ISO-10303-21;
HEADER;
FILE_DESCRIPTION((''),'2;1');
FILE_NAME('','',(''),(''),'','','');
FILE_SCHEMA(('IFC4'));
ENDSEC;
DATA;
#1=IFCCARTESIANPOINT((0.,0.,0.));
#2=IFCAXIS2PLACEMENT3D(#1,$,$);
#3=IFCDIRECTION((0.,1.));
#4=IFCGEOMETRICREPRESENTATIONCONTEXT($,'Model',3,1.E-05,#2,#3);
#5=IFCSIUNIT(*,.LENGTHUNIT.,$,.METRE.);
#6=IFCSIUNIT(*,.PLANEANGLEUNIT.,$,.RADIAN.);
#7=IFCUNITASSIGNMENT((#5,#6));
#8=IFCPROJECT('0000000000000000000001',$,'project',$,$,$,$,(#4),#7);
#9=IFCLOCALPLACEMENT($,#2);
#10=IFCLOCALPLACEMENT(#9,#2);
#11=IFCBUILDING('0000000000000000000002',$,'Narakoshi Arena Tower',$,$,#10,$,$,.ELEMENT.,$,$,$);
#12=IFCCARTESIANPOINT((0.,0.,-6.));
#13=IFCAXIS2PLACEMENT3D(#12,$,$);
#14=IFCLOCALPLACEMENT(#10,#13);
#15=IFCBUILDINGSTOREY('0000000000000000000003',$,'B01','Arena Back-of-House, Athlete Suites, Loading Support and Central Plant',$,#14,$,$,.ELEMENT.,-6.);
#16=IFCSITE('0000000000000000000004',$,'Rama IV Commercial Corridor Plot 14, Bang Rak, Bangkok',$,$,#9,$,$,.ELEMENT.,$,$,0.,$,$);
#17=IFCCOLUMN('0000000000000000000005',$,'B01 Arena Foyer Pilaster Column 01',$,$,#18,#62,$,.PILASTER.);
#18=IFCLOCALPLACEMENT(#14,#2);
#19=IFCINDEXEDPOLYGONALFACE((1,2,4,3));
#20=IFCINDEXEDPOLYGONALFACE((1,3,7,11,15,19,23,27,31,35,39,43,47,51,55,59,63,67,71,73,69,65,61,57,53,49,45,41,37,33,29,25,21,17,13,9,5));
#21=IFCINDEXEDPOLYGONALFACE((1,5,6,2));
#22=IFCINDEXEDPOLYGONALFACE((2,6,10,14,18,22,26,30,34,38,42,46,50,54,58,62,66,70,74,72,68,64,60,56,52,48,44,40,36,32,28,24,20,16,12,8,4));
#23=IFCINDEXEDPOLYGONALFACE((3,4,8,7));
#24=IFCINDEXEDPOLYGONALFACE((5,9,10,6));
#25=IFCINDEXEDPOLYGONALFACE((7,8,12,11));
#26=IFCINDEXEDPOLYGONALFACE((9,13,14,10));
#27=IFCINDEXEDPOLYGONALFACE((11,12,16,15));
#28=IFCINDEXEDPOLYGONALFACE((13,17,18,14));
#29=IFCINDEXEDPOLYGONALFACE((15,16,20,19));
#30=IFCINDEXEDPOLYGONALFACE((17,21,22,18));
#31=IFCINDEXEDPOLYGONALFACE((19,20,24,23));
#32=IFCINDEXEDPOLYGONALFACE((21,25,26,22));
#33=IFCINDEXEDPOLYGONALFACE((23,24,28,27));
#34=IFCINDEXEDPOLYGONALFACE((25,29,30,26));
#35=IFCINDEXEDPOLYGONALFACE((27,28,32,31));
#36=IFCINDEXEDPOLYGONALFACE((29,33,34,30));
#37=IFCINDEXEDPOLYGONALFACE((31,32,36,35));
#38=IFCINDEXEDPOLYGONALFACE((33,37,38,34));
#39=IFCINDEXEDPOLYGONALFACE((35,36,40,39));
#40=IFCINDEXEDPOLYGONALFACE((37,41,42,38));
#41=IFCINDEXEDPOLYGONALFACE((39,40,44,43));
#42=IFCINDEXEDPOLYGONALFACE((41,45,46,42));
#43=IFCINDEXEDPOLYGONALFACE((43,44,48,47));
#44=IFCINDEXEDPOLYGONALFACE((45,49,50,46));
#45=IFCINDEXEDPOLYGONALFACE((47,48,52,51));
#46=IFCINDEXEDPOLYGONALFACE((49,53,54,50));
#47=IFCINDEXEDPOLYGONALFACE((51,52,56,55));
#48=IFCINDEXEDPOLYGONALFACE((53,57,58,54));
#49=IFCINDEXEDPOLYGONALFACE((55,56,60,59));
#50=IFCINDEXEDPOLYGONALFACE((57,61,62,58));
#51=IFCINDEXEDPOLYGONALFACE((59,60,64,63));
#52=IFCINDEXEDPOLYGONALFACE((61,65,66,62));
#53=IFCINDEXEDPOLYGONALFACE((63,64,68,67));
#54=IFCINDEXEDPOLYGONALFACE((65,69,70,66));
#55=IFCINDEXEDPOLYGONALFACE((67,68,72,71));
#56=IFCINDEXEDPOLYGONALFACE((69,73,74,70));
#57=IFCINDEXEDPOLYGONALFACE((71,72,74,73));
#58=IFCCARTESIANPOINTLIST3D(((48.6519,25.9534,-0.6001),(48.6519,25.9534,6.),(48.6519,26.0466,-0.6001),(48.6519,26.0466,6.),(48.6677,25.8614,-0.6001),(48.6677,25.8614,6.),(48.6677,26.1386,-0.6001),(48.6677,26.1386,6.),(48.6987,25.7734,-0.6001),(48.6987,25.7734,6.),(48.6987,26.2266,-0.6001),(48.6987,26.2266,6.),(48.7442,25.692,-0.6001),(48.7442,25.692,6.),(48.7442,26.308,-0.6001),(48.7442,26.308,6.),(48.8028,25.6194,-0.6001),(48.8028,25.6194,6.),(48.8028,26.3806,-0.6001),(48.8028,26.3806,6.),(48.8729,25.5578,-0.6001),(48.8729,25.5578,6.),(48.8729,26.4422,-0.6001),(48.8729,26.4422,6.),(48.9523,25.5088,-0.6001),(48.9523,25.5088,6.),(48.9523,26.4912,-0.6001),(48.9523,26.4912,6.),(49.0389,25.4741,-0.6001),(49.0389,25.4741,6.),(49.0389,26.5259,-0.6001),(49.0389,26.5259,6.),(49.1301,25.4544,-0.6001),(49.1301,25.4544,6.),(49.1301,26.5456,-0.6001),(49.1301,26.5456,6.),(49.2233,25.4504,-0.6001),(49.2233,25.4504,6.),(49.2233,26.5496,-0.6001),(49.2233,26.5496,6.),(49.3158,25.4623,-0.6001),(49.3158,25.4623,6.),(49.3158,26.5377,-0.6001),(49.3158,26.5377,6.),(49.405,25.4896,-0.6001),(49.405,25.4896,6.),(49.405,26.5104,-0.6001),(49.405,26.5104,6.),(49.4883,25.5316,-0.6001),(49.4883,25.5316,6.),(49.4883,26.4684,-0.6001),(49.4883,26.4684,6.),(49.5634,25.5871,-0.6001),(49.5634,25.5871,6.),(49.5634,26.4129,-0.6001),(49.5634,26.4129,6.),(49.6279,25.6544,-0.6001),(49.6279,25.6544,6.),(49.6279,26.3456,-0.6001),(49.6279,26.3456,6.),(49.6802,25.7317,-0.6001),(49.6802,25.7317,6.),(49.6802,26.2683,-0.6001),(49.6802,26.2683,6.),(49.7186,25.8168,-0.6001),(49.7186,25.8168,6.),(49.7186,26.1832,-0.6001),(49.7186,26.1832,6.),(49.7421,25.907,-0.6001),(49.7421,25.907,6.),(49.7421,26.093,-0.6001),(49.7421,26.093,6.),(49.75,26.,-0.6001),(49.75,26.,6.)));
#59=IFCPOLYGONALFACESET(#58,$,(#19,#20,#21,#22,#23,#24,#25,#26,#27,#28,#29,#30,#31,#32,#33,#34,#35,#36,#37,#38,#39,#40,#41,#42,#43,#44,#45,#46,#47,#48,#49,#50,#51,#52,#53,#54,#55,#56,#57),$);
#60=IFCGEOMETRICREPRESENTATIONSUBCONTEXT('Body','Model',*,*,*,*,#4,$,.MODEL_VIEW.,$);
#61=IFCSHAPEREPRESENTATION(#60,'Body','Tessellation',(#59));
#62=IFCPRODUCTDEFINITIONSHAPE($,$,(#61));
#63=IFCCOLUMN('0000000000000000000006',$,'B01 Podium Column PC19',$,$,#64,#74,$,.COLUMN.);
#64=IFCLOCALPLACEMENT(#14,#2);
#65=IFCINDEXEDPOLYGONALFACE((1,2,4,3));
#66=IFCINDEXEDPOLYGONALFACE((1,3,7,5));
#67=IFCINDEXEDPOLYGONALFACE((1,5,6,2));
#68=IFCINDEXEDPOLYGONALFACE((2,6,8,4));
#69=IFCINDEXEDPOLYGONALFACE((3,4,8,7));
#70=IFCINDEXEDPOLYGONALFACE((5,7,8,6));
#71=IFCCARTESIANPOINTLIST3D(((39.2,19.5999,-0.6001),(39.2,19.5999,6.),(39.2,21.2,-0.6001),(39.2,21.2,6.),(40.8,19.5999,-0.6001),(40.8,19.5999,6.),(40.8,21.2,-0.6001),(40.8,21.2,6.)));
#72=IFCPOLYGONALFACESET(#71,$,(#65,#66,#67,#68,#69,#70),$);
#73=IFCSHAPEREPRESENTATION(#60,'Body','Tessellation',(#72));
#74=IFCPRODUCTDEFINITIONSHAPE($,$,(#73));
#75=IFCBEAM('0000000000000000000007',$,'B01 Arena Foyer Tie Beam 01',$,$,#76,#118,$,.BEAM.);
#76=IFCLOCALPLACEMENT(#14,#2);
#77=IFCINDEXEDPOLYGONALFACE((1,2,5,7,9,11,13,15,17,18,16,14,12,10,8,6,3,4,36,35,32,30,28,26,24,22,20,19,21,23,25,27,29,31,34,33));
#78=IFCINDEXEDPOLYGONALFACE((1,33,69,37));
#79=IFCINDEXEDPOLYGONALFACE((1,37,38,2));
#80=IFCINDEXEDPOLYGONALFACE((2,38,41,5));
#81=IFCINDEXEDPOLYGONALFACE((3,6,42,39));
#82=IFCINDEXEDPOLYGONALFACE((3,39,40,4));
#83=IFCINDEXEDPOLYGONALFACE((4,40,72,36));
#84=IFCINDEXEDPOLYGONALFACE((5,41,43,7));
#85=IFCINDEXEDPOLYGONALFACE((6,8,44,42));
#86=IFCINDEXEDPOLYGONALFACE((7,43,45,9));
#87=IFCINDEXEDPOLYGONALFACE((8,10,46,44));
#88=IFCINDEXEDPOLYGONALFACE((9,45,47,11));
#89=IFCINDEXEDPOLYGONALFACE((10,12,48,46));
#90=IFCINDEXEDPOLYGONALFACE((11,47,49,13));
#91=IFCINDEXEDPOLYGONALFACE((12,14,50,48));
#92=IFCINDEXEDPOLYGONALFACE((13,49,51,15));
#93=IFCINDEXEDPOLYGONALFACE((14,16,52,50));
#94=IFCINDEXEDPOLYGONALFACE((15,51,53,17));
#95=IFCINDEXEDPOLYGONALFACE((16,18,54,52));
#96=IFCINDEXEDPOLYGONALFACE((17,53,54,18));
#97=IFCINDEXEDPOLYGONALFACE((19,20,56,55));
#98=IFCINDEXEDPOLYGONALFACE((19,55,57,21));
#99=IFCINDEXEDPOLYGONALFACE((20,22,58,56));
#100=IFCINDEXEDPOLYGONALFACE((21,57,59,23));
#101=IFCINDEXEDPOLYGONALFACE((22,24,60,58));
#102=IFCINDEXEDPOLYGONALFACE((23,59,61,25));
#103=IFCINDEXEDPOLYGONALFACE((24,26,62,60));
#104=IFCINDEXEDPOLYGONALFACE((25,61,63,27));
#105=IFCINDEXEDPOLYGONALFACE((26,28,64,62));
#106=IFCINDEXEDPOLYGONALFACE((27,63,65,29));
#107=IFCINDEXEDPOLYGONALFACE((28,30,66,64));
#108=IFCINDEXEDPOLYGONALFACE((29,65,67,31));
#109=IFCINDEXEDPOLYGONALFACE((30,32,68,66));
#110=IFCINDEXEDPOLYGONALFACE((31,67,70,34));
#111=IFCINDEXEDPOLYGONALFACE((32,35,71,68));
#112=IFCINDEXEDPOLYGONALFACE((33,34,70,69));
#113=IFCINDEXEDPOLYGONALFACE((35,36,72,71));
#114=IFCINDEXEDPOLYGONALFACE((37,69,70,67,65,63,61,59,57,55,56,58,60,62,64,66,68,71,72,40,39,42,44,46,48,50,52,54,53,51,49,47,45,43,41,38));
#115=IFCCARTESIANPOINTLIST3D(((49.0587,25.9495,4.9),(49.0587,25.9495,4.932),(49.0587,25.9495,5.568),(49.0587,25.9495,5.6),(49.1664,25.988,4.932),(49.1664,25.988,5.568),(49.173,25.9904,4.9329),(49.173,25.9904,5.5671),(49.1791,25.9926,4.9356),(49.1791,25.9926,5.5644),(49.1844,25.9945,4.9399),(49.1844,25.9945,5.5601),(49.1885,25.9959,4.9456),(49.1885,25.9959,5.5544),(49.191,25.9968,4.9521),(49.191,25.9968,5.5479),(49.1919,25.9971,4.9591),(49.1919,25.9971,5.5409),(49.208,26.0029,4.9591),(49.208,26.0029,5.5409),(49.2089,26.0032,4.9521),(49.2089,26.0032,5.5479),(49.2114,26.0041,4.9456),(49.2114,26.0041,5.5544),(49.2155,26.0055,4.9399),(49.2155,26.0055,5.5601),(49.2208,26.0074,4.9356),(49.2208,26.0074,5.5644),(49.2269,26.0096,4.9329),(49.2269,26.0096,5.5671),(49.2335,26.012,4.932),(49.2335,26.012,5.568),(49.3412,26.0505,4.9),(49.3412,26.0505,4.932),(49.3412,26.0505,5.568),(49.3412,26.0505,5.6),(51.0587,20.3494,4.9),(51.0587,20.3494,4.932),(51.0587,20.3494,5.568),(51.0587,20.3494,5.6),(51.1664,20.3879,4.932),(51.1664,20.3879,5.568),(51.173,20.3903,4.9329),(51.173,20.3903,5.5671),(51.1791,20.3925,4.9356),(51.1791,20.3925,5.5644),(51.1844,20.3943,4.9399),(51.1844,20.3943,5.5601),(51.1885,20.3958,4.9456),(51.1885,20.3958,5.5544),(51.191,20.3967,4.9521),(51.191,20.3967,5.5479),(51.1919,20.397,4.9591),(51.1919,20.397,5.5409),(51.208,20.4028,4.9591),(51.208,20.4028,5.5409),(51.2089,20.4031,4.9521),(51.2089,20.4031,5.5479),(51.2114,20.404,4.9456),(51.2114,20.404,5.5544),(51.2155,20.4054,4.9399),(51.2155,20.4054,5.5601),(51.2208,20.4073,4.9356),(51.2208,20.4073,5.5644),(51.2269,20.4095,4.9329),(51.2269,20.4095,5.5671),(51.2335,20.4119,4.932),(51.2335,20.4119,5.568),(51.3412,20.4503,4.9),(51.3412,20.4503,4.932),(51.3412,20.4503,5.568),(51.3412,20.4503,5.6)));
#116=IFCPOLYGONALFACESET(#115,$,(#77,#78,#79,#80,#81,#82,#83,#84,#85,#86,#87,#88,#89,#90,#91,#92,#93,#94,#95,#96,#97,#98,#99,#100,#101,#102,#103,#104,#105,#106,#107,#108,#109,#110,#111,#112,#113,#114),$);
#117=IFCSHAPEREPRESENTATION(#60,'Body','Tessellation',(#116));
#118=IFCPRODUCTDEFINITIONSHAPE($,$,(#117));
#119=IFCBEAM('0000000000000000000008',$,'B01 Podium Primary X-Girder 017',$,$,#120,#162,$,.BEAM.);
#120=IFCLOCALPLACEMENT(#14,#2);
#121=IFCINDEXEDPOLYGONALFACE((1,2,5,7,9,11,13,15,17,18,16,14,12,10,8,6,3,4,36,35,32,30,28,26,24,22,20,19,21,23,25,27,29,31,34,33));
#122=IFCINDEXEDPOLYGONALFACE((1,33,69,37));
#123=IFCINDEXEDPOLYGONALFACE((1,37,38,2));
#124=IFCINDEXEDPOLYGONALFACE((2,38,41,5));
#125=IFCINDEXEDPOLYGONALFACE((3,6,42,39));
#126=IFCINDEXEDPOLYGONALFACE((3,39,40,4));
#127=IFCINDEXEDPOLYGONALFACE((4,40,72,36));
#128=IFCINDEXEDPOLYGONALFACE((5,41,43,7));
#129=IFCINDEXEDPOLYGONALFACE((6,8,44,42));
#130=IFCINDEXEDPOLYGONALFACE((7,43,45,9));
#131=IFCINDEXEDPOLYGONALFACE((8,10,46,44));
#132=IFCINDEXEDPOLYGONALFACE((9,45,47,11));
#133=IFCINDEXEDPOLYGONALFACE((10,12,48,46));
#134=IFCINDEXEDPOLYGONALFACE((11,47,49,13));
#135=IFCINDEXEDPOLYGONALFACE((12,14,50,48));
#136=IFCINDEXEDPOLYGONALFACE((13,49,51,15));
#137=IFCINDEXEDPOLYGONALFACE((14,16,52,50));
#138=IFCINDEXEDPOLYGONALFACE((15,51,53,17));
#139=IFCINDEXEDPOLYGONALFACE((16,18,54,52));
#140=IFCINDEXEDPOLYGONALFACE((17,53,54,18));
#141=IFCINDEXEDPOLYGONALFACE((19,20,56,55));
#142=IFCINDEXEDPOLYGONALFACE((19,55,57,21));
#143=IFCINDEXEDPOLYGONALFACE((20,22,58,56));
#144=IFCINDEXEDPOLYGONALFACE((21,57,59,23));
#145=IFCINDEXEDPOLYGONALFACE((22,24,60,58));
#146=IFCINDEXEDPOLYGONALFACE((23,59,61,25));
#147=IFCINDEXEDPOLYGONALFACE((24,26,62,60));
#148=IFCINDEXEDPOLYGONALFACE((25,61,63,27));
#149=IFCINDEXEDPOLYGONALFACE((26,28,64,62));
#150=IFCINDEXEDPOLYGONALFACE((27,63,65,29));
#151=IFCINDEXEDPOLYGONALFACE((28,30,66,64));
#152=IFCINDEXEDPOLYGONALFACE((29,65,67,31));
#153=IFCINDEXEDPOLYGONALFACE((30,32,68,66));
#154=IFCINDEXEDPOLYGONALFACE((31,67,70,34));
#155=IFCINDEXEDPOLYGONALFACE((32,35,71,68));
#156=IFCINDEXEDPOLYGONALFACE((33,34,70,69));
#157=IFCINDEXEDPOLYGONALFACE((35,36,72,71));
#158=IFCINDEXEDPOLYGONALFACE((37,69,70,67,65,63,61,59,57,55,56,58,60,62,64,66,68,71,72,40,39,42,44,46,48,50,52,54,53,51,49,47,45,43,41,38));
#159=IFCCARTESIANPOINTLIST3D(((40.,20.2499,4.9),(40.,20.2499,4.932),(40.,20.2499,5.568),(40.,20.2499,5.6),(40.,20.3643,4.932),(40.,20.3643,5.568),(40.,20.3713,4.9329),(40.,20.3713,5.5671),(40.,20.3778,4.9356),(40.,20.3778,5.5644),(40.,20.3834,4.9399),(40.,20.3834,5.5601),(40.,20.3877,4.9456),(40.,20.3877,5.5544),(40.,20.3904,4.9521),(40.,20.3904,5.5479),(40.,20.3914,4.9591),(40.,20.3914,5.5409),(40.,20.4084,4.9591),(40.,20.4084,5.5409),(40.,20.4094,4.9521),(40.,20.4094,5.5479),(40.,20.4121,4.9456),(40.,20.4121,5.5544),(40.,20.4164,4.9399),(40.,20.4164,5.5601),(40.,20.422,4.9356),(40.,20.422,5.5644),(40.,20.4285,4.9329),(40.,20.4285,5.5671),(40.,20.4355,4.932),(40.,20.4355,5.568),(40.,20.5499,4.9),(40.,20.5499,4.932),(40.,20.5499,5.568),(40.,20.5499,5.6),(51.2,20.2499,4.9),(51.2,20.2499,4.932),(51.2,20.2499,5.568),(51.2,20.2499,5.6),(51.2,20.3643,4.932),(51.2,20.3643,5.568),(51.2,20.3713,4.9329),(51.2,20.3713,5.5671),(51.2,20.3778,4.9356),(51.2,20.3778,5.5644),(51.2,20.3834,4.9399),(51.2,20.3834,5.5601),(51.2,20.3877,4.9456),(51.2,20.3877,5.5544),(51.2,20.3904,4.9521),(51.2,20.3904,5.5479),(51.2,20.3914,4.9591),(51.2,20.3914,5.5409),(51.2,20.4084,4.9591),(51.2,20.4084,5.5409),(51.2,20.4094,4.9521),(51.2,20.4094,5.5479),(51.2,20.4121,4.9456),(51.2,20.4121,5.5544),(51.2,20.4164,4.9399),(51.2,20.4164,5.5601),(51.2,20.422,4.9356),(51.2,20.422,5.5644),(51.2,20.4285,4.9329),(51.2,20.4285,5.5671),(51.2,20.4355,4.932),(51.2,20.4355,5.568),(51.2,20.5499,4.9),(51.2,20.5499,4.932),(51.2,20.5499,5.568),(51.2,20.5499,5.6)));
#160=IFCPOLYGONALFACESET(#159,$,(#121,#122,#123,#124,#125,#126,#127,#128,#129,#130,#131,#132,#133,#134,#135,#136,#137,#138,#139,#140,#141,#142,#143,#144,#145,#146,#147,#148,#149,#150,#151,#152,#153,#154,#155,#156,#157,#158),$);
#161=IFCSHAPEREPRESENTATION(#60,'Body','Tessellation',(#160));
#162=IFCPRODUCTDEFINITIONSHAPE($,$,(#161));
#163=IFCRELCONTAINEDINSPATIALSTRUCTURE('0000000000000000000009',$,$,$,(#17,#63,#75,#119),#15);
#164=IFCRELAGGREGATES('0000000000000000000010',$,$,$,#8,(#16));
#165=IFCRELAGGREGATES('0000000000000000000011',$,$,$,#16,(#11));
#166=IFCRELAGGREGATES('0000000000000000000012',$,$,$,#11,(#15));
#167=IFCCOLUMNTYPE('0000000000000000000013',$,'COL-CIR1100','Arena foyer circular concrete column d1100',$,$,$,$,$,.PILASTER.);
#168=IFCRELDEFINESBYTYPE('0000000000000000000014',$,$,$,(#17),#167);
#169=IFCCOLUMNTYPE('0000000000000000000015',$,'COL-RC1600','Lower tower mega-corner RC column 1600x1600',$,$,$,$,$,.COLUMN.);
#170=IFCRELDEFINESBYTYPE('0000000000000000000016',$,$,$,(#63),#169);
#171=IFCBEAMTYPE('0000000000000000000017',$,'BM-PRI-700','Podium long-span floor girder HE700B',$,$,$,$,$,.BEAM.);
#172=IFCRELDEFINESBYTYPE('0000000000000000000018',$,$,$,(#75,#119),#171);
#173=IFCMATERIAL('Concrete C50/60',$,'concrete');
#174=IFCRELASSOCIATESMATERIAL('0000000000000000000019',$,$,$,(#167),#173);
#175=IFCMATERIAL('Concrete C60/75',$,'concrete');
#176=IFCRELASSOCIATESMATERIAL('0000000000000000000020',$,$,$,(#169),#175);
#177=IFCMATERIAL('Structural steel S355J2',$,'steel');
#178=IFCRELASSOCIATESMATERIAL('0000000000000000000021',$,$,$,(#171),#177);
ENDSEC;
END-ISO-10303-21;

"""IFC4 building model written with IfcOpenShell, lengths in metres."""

from ifc_helpers import new_model, si_unit, direction, frame, origin, origin_2d, place, context, subcontext, project, spatial, rectangle, circle, i_section, extrude, material, material_profile, profile_set, type_object, element, save


model = new_model("IFC4")

# Units and contexts
model_context = context("Model", 3, precision=1e-05, world=origin(), true_north=direction((0.0, 1.0)))
body_context = subcontext(model_context, "Body", "Model", "MODEL_VIEW")
ifc_project = project(units=[si_unit("LENGTHUNIT", "METRE"), si_unit("PLANEANGLEUNIT", "RADIAN")], contexts=[model_context])

# Site, building, storey
site_placement = place(None, origin())
site = spatial("IfcSite", under=ifc_project, at=site_placement, Name="Rama IV Commercial Corridor Plot 14, Bang Rak, Bangkok", CompositionType="ELEMENT", RefElevation=0.0)
building_placement = place(site_placement, origin())
building = spatial("IfcBuilding", under=site, at=building_placement, Name="Narakoshi Arena Tower", CompositionType="ELEMENT")
storey_placement = place(building_placement, frame((0.0, 0.0, -6.0)))
storey = spatial("IfcBuildingStorey", under=building, at=storey_placement, Name="B01", Description="Arena Back-of-House, Athlete Suites, Loading Support and Central Plant", CompositionType="ELEMENT", Elevation=-6.0)

# Columns
ifc_material_1 = material(Name="Concrete C50/60", Category="concrete")
ifc_material_profile_1 = material_profile(ifc_material_1, circle(Radius=0.55, at=origin_2d()), Name="RCC1100")
ifc_profile_set_1 = profile_set([ifc_material_profile_1], Name="Concrete C50/60")
column_type_1 = type_object("IfcColumnType", Name="COL-CIR1100", Description="Arena foyer circular concrete column d1100", PredefinedType="PILASTER", material=ifc_profile_set_1)
for number, where, z_axis, x_axis, name in (
    (1, (49.2, 26.0, -0.6001), (0.0, 0.0, 1.0), (1.0, 0.0, 0.0), "B01 Arena Foyer Pilaster Column 01"),
):
    element("IfcColumn", number, at=place(storey_placement, frame(where, z_axis=z_axis, x_axis=x_axis)), inside=storey, type_object=column_type_1, Name=name, PredefinedType="PILASTER", context=body_context, shape_type="SweptSolid", body=[
        extrude(circle(Radius=0.55, at=origin_2d()), origin(), (0.0, 0.0, 1.0), 6.6001),
    ])
ifc_material_2 = material(Name="Concrete C60/75", Category="concrete")
ifc_material_profile_2 = material_profile(ifc_material_2, rectangle(XDim=1.6001, YDim=1.6001, at=origin_2d()), Name="RC1600x1600")
ifc_profile_set_2 = profile_set([ifc_material_profile_2], Name="Concrete C60/75")
column_type_2 = type_object("IfcColumnType", Name="COL-RC1600", Description="Lower tower mega-corner RC column 1600x1600", PredefinedType="COLUMN", material=ifc_profile_set_2)
column_placement = place(storey_placement, frame((40.0, 20.3999, -0.6001), z_axis=(0.0, 0.0, 1.0), x_axis=(1.0, 0.0, 0.0)))
element("IfcColumn", 2, at=column_placement, inside=storey, type_object=column_type_2, Name="B01 Podium Column PC19", PredefinedType="COLUMN", context=body_context, shape_type="SweptSolid", body=[
    extrude(rectangle(XDim=1.6001, YDim=1.6001, at=origin_2d()), origin(), (0.0, 0.0, 1.0), 6.6001),
])

# Beams
ifc_material_3 = material(Name="Structural steel S355J2", Category="steel")
ifc_material_profile_3 = material_profile(ifc_material_3, i_section(OverallWidth=0.3, OverallDepth=0.7, WebThickness=0.0171, FlangeThickness=0.032, FilletRadius=0.0271, at=origin_2d()), Name="HE700B")
ifc_profile_set_3 = profile_set([ifc_material_profile_3], Name="Structural steel S355J2")
beam_type_1 = type_object("IfcBeamType", Name="BM-PRI-700", Description="Podium long-span floor girder HE700B", PredefinedType="BEAM", material=ifc_profile_set_3)
beam_1_placement = place(storey_placement, frame((49.2, 26.0, 5.25), z_axis=(0.336331, -0.941744, 0.0), x_axis=(0.941744, 0.336331, 0.0)))
element("IfcBeam", 3, at=beam_1_placement, inside=storey, type_object=beam_type_1, Name="B01 Arena Foyer Tie Beam 01", PredefinedType="BEAM", context=body_context, shape_type="SweptSolid", body=[
    extrude(i_section(OverallWidth=0.3, OverallDepth=0.7, WebThickness=0.0171, FlangeThickness=0.032, FilletRadius=0.0271, at=origin_2d()), origin(), (0.0, 0.0, 1.0), 5.9465),
])
beam_2_placement = place(storey_placement, frame((40.0, 20.3999, 5.25), z_axis=(1.0, 0.0, 0.0), x_axis=(0.0, 1.0, 0.0)))
element("IfcBeam", 4, at=beam_2_placement, inside=storey, type_object=beam_type_1, Name="B01 Podium Primary X-Girder 017", PredefinedType="BEAM", context=body_context, shape_type="SweptSolid", body=[
    extrude(i_section(OverallWidth=0.3, OverallDepth=0.7, WebThickness=0.0171, FlangeThickness=0.032, FilletRadius=0.0271, at=origin_2d()), origin(), (0.0, 0.0, 1.0), 11.2),
])

save(model, "model.ifc")
